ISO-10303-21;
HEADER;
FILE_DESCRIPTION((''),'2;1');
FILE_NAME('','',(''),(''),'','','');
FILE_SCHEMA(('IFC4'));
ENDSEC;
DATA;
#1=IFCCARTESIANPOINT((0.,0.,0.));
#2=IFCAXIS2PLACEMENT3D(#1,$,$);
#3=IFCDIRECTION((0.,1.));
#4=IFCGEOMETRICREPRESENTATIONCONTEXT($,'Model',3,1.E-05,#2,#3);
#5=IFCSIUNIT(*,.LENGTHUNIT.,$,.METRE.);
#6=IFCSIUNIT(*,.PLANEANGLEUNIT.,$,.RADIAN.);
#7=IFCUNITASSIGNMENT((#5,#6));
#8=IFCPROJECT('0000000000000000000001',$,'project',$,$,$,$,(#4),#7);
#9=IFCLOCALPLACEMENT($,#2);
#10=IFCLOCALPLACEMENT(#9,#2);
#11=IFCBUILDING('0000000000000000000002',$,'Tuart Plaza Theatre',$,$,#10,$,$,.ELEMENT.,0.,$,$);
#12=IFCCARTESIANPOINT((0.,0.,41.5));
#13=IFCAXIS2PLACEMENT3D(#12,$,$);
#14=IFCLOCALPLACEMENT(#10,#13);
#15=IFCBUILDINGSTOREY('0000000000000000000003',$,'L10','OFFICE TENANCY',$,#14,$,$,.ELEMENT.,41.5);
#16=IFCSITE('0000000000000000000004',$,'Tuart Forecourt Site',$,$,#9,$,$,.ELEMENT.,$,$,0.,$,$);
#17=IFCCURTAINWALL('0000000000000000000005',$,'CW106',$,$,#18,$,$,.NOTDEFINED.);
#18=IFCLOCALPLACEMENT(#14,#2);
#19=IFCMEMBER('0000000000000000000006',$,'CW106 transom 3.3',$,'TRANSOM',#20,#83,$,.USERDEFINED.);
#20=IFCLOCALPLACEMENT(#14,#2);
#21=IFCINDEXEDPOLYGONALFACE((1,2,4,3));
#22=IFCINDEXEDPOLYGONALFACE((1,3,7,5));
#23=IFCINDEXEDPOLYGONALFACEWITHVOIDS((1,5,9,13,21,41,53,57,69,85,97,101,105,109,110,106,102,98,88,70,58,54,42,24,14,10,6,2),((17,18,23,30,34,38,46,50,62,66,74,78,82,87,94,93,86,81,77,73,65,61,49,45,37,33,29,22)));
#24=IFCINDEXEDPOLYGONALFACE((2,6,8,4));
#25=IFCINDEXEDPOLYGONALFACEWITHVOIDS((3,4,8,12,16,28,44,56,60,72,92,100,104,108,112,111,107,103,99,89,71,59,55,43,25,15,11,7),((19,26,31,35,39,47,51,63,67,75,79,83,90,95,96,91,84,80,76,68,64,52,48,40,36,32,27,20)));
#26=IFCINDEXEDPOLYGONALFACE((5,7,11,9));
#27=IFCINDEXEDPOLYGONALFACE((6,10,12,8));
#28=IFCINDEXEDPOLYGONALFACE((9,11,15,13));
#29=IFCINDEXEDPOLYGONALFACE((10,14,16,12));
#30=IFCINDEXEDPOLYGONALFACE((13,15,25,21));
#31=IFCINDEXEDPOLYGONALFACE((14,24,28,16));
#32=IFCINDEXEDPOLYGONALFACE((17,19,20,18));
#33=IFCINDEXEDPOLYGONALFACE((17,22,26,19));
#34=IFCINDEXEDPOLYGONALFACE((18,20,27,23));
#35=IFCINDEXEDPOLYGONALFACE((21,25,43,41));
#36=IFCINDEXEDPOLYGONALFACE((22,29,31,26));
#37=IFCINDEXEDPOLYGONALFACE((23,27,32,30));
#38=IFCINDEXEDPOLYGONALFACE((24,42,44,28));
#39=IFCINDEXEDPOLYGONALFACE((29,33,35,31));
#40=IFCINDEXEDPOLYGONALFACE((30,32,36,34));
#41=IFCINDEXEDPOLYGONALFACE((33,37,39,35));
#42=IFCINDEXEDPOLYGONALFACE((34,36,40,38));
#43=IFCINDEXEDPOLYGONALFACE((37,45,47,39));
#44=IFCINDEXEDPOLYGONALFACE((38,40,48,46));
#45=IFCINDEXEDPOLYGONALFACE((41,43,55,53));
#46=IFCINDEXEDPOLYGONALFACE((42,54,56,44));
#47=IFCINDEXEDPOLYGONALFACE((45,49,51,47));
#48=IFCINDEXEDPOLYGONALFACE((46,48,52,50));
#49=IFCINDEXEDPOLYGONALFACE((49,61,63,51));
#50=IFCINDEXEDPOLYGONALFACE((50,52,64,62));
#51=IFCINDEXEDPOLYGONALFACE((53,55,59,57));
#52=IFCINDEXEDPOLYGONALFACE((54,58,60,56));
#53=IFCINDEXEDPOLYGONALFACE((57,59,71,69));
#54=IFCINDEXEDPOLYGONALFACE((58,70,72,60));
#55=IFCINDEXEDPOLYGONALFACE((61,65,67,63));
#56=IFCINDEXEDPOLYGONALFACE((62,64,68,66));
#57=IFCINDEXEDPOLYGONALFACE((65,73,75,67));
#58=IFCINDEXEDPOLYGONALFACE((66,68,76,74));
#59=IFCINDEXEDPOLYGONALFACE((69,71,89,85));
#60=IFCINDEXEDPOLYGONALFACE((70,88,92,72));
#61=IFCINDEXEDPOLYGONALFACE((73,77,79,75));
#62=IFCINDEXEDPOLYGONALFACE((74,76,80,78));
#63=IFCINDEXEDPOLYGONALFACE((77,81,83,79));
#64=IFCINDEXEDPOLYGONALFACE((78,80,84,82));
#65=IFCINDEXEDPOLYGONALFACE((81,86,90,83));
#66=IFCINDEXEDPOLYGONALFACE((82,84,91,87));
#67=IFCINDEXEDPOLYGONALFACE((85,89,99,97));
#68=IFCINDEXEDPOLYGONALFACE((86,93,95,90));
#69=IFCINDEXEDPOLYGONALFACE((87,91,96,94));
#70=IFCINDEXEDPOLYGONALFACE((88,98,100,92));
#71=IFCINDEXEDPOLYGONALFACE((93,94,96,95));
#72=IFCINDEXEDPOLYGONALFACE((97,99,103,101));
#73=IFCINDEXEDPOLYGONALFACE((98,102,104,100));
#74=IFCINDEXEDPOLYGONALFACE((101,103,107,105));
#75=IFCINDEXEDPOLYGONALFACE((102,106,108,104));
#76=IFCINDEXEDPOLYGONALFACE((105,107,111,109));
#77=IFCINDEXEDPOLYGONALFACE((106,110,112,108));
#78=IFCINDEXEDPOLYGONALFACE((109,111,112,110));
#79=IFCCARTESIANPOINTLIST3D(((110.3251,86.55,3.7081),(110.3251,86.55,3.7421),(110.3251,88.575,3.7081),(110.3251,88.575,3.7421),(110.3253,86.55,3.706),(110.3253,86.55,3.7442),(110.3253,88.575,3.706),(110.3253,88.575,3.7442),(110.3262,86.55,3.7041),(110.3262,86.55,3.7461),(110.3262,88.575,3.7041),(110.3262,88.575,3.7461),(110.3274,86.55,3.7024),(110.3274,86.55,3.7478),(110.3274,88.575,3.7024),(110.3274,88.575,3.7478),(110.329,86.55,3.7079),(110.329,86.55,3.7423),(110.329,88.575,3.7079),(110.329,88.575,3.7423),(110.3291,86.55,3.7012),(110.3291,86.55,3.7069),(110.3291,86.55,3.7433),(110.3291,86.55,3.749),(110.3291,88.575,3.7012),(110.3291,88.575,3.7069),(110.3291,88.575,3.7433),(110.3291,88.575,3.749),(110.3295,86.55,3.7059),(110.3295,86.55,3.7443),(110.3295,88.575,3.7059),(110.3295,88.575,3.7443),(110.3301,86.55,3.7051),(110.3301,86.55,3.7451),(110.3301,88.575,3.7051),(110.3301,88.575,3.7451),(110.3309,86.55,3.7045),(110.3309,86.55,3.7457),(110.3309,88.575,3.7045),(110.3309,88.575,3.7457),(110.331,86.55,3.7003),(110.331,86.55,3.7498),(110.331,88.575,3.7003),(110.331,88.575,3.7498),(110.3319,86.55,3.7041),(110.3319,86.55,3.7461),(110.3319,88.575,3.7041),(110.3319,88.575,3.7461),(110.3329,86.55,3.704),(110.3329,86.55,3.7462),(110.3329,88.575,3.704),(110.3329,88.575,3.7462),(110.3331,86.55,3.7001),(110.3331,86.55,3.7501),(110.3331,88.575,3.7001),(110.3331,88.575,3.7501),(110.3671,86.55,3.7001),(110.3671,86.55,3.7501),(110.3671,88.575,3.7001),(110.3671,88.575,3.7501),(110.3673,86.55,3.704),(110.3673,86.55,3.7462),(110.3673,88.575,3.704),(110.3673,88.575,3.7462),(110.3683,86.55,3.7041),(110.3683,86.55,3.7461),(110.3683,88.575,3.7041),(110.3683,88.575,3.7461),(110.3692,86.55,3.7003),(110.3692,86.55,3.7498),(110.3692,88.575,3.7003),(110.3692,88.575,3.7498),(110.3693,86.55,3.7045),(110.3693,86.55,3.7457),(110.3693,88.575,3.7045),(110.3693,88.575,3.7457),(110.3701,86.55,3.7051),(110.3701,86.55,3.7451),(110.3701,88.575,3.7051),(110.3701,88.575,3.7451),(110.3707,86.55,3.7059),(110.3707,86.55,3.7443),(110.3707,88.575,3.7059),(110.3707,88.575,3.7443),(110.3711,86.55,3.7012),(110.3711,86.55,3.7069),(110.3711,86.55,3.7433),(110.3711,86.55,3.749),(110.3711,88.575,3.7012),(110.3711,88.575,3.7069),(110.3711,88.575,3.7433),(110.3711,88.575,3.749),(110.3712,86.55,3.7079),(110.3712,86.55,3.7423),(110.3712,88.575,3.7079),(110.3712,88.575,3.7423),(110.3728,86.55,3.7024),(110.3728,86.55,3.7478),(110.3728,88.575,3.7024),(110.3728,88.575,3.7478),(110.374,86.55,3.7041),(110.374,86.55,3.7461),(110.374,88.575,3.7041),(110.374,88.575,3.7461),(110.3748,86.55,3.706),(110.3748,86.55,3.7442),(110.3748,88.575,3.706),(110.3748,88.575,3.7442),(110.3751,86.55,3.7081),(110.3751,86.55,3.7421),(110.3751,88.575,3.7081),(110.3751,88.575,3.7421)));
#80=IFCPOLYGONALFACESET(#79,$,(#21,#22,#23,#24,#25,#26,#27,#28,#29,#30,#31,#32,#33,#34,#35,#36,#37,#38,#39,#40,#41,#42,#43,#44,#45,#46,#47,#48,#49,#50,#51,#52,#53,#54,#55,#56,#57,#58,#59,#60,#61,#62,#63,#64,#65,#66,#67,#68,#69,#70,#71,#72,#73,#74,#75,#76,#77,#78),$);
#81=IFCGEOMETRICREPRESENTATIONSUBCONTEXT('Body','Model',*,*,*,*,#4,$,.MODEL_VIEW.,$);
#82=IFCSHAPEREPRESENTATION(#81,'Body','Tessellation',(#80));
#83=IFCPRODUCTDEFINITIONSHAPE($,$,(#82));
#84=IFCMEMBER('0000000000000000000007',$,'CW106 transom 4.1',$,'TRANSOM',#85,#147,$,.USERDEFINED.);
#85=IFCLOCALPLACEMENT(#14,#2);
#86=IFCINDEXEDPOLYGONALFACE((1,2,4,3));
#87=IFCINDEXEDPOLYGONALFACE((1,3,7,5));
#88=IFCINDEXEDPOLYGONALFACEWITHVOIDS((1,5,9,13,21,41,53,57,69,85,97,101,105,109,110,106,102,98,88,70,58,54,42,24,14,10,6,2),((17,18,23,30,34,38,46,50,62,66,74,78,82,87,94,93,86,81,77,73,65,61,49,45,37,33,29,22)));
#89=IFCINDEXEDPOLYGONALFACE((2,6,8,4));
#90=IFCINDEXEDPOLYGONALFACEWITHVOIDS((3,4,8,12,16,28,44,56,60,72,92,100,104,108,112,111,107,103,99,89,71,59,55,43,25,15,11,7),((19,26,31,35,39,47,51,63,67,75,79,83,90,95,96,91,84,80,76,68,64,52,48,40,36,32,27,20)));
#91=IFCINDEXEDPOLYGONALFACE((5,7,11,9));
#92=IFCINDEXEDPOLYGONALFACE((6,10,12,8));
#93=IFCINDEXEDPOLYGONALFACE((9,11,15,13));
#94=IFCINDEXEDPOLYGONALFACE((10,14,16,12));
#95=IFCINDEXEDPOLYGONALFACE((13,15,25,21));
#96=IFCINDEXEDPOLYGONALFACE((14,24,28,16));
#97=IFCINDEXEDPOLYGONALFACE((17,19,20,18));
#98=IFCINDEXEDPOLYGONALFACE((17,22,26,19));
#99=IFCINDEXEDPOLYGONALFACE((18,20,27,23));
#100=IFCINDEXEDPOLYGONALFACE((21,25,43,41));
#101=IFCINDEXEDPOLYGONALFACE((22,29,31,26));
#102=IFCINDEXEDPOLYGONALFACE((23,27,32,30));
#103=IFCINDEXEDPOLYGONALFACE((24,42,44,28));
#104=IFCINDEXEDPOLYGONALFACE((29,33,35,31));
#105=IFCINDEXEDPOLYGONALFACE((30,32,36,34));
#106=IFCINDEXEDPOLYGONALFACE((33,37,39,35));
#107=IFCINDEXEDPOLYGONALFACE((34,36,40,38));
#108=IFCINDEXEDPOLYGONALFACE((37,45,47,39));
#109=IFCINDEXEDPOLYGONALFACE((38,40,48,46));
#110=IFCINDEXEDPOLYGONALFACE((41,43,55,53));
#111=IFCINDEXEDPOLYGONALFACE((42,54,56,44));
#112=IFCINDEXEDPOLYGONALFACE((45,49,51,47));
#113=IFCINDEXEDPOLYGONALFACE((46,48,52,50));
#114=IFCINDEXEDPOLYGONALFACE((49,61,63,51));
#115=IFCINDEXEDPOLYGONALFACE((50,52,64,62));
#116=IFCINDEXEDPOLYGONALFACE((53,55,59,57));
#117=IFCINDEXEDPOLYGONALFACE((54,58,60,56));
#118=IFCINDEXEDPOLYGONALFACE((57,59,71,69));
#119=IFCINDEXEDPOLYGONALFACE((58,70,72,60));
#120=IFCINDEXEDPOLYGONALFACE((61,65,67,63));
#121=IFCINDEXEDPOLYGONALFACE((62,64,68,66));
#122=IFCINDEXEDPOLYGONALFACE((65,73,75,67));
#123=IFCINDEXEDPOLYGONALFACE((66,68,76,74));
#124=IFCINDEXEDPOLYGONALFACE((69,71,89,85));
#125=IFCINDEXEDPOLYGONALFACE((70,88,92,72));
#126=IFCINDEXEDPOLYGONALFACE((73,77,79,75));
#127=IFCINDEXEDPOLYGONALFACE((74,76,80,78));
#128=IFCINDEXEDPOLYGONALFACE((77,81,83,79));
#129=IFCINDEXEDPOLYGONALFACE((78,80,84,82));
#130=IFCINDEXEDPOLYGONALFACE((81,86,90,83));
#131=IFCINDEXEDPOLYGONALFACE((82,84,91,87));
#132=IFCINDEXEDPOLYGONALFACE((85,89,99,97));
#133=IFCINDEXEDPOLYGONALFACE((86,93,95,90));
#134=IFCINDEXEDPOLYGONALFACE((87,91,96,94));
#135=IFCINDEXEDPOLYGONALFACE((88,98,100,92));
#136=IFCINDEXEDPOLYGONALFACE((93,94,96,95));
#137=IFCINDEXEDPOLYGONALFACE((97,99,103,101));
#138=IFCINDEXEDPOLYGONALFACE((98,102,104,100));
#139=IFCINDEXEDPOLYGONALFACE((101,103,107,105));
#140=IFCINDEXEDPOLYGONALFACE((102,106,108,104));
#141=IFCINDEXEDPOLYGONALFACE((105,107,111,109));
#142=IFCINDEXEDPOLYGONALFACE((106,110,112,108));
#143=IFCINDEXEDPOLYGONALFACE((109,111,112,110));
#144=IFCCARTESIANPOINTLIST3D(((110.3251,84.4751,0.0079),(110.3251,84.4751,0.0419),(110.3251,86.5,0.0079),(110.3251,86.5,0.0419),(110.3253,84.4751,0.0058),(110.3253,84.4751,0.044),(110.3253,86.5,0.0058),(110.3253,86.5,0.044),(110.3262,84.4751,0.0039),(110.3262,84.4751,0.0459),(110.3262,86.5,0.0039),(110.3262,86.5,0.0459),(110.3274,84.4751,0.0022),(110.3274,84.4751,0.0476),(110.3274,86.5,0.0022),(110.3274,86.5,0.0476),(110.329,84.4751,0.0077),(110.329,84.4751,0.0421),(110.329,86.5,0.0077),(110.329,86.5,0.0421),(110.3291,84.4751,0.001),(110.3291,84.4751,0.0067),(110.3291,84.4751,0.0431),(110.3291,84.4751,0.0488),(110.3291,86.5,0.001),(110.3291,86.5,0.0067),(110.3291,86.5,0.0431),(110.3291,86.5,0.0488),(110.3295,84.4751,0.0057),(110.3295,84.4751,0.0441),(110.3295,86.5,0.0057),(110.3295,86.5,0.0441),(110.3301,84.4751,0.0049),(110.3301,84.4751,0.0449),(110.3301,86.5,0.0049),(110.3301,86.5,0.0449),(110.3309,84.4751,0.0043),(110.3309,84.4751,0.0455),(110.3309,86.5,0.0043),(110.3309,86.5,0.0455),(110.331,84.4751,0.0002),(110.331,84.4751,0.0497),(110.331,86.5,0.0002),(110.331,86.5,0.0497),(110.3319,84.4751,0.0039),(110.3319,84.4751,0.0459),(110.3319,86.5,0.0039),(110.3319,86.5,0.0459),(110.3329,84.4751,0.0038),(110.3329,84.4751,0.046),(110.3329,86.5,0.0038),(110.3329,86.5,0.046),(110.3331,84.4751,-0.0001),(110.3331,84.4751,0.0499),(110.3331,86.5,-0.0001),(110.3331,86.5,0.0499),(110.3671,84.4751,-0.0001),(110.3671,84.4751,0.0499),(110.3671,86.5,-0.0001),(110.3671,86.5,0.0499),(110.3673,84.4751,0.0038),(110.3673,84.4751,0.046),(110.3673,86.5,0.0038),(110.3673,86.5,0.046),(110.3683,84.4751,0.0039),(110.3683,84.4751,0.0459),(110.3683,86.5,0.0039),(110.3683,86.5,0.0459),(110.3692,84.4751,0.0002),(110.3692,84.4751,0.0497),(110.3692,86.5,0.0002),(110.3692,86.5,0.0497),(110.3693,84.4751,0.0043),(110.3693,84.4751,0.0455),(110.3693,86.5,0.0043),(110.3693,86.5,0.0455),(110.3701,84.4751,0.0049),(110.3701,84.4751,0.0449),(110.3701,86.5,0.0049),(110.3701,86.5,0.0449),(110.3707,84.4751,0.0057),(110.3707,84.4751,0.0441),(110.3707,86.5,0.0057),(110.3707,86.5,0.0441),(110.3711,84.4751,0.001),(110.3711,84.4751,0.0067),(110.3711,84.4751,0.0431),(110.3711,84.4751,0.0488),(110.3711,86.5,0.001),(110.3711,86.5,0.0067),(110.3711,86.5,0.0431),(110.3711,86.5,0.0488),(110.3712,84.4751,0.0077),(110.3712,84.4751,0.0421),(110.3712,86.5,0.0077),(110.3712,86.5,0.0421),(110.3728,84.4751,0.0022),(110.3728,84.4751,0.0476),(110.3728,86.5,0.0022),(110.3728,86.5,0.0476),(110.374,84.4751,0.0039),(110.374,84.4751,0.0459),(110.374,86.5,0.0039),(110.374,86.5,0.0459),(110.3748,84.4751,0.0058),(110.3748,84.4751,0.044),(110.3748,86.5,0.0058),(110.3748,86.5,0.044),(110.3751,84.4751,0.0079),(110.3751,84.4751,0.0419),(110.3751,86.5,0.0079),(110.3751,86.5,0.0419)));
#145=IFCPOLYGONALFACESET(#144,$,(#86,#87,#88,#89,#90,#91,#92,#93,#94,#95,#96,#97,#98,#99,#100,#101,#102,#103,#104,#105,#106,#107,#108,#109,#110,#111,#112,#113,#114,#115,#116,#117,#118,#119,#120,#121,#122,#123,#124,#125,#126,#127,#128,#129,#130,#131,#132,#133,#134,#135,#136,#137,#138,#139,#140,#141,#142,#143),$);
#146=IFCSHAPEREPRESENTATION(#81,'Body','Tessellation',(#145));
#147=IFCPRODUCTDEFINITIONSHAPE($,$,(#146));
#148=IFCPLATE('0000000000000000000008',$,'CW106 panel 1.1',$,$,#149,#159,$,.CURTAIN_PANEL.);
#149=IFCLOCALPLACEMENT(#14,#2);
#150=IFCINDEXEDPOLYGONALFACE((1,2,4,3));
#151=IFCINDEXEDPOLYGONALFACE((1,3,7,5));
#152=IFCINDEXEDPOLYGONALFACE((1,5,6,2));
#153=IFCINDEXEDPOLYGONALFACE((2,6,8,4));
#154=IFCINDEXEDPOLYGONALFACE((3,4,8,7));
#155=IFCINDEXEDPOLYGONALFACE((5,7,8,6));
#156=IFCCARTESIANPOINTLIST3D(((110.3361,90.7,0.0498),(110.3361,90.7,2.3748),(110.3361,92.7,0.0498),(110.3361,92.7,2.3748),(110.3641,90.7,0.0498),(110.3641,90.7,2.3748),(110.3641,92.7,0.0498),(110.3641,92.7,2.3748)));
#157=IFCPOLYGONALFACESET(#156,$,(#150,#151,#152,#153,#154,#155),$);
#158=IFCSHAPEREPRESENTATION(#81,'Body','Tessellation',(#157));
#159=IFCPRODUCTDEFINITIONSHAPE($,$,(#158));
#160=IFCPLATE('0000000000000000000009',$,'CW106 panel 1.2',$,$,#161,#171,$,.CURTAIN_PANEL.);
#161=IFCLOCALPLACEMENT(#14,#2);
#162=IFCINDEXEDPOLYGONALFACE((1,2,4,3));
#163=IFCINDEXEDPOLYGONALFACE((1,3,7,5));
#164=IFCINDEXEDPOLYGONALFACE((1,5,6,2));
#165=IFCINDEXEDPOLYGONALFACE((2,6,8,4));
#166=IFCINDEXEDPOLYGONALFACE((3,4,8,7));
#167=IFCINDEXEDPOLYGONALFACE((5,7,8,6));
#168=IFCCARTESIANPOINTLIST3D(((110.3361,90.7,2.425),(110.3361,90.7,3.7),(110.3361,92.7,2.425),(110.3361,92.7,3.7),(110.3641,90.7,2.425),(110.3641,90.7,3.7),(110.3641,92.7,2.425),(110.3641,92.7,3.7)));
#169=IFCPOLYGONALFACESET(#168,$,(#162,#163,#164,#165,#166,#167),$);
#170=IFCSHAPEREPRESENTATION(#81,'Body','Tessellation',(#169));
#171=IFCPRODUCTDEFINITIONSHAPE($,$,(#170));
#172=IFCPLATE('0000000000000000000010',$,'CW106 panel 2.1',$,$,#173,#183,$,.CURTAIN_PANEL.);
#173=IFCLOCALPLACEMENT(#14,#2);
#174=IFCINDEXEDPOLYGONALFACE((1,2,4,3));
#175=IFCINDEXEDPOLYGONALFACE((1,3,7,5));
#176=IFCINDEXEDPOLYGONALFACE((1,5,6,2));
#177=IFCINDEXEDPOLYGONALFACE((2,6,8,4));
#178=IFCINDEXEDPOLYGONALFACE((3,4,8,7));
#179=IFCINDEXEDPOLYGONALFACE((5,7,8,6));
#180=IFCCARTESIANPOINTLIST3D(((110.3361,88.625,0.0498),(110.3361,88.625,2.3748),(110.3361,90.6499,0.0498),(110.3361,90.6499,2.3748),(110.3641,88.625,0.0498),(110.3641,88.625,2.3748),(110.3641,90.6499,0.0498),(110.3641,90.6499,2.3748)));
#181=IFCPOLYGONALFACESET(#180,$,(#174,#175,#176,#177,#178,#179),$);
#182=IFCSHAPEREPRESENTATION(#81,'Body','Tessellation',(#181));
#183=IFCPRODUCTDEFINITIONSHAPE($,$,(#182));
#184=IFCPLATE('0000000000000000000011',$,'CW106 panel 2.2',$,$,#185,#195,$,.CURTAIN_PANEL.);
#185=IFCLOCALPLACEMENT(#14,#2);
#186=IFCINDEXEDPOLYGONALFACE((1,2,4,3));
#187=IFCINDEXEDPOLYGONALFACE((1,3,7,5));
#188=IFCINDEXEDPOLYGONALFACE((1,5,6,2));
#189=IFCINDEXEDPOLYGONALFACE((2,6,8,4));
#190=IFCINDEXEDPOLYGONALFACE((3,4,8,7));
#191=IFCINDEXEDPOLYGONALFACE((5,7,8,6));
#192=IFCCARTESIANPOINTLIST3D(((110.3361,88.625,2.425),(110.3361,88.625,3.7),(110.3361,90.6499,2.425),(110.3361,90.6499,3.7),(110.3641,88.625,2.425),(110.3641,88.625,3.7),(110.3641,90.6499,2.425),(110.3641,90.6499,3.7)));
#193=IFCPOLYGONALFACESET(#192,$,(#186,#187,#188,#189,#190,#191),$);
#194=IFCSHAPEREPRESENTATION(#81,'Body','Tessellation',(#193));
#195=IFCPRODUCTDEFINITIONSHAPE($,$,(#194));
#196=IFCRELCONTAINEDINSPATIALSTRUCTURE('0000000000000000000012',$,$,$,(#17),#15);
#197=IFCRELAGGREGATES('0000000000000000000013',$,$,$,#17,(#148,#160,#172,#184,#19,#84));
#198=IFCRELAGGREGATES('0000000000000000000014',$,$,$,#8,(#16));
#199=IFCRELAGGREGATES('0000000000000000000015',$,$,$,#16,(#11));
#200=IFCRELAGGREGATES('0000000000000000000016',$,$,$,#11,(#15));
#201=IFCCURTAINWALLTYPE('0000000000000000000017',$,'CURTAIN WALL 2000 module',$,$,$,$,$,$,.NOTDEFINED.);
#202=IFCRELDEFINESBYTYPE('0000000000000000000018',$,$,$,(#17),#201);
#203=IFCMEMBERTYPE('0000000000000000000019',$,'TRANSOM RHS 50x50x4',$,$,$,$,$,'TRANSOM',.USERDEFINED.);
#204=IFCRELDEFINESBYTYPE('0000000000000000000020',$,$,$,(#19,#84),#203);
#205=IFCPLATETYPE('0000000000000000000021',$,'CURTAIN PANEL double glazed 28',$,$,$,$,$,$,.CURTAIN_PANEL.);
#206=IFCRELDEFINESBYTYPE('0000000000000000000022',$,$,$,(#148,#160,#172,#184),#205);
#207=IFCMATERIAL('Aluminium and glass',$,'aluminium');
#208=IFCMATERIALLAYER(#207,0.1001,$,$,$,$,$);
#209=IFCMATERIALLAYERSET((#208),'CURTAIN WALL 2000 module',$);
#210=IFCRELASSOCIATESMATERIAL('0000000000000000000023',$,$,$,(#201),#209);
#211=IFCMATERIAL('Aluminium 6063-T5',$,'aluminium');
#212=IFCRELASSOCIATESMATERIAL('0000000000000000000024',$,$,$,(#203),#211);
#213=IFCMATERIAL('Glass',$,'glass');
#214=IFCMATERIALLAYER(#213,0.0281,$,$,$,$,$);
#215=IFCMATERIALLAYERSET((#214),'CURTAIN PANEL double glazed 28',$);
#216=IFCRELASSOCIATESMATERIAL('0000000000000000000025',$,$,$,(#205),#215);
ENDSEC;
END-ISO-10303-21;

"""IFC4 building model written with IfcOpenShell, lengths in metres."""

from ifc_helpers import new_model, si_unit, direction, frame, origin, origin_2d, place, context, subcontext, project, spatial, rectangle, hollow_rectangle, extrude, material, layer, layer_set, material_profile, profile_set, type_object, element, aggregate, save


model = new_model("IFC4")

# Units and contexts
model_context = context("Model", 3, precision=1e-05, world=origin(), true_north=direction((0.0, 1.0)))
body_context = subcontext(model_context, "Body", "Model", "MODEL_VIEW")
ifc_project = project(units=[si_unit("LENGTHUNIT", "METRE"), si_unit("PLANEANGLEUNIT", "RADIAN")], contexts=[model_context])

# Site, building, storey
site_placement = place(None, origin())
site = spatial("IfcSite", under=ifc_project, at=site_placement, Name="Tuart Forecourt Site", CompositionType="ELEMENT", RefElevation=0.0)
building_placement = place(site_placement, origin())
building = spatial("IfcBuilding", under=site, at=building_placement, Name="Tuart Plaza Theatre", CompositionType="ELEMENT", ElevationOfRefHeight=0.0)
storey_placement = place(building_placement, frame((0.0, 0.0, 41.5)))
storey = spatial("IfcBuildingStorey", under=building, at=storey_placement, Name="L10", Description="OFFICE TENANCY", CompositionType="ELEMENT", Elevation=41.5)

# Curtain wall, members, plates
ifc_material_1 = material(Name="Aluminium and glass", Category="aluminium")
ifc_layer_1 = layer(ifc_material_1, 0.1001)
ifc_layer_set_1 = layer_set([ifc_layer_1], Name="CURTAIN WALL 2000 module")
curtain_wall_type = type_object("IfcCurtainWallType", Name="CURTAIN WALL 2000 module", PredefinedType="NOTDEFINED", material=ifc_layer_set_1)
curtain_wall_placement = place(storey_placement, origin())
curtain_wall = element("IfcCurtainWall", 1, at=curtain_wall_placement, inside=storey, type_object=curtain_wall_type, Name="CW106", PredefinedType="NOTDEFINED")
ifc_material_2 = material(Name="Aluminium 6063-T5", Category="aluminium")
ifc_material_profile_1 = material_profile(ifc_material_2, hollow_rectangle(XDim=0.05, YDim=0.05, WallThickness=0.0039, InnerFilletRadius=0.0039, OuterFilletRadius=0.0081, at=origin_2d()), Name="RHS 50x50x4")
ifc_profile_set_1 = profile_set([ifc_material_profile_1], Name="Aluminium 6063-T5")
member_type_1 = type_object("IfcMemberType", Name="TRANSOM RHS 50x50x4", ElementType="TRANSOM", PredefinedType="USERDEFINED", material=ifc_profile_set_1)
member_1_placement = place(storey_placement, frame((110.3501, 88.575, 3.7251), z_axis=(0.0, -1.0, 0.0), x_axis=(1.0, 0.0, 0.0)))
member_1 = element("IfcMember", 2, at=member_1_placement, type_object=member_type_1, Name="CW106 transom 3.3", ObjectType="TRANSOM", PredefinedType="USERDEFINED", context=body_context, shape_type="SweptSolid", body=[
    extrude(hollow_rectangle(XDim=0.05, YDim=0.05, WallThickness=0.0039, InnerFilletRadius=0.0039, OuterFilletRadius=0.0081, at=origin_2d()), origin(), (0.0, 0.0, 1.0), 2.0249),
])
member_2_placement = place(storey_placement, frame((110.3501, 86.5, 0.0249), z_axis=(0.0, -1.0, 0.0), x_axis=(1.0, 0.0, 0.0)))
member_2 = element("IfcMember", 3, at=member_2_placement, type_object=member_type_1, Name="CW106 transom 4.1", ObjectType="TRANSOM", PredefinedType="USERDEFINED", context=body_context, shape_type="SweptSolid", body=[
    extrude(hollow_rectangle(XDim=0.05, YDim=0.05, WallThickness=0.0039, InnerFilletRadius=0.0039, OuterFilletRadius=0.0081, at=origin_2d()), origin(), (0.0, 0.0, 1.0), 2.0249),
])
ifc_material_3 = material(Name="Glass", Category="glass")
ifc_layer_2 = layer(ifc_material_3, 0.0281)
ifc_layer_set_2 = layer_set([ifc_layer_2], Name="CURTAIN PANEL double glazed 28")
plate_type = type_object("IfcPlateType", Name="CURTAIN PANEL double glazed 28", PredefinedType="CURTAIN_PANEL", material=ifc_layer_set_2)
plate_1_placement = place(storey_placement, frame((110.3501, 91.7, 0.0498), z_axis=(0.0, 0.0, 1.0), x_axis=(0.0, -1.0, 0.0)))
plate_1 = element("IfcPlate", 4, at=plate_1_placement, type_object=plate_type, Name="CW106 panel 1.1", PredefinedType="CURTAIN_PANEL", context=body_context, shape_type="SweptSolid", body=[
    extrude(rectangle(XDim=2.0, YDim=0.0281, at=origin_2d()), origin(), (0.0, 0.0, 1.0), 2.325),
])
plate_2_placement = place(storey_placement, frame((110.3501, 91.7, 2.425), z_axis=(0.0, 0.0, 1.0), x_axis=(0.0, -1.0, 0.0)))
plate_2 = element("IfcPlate", 5, at=plate_2_placement, type_object=plate_type, Name="CW106 panel 1.2", PredefinedType="CURTAIN_PANEL", context=body_context, shape_type="SweptSolid", body=[
    extrude(rectangle(XDim=2.0, YDim=0.0281, at=origin_2d()), origin(), (0.0, 0.0, 1.0), 1.2749),
])
plate_3_placement = place(storey_placement, frame((110.3501, 89.6375, 0.0498), z_axis=(0.0, 0.0, 1.0), x_axis=(0.0, -1.0, 0.0)))
plate_3 = element("IfcPlate", 6, at=plate_3_placement, type_object=plate_type, Name="CW106 panel 2.1", PredefinedType="CURTAIN_PANEL", context=body_context, shape_type="SweptSolid", body=[
    extrude(rectangle(XDim=2.0249, YDim=0.0281, at=origin_2d()), origin(), (0.0, 0.0, 1.0), 2.325),
])
plate_4_placement = place(storey_placement, frame((110.3501, 89.6375, 2.425), z_axis=(0.0, 0.0, 1.0), x_axis=(0.0, -1.0, 0.0)))
plate_4 = element("IfcPlate", 7, at=plate_4_placement, type_object=plate_type, Name="CW106 panel 2.2", PredefinedType="CURTAIN_PANEL", context=body_context, shape_type="SweptSolid", body=[
    extrude(rectangle(XDim=2.0249, YDim=0.0281, at=origin_2d()), origin(), (0.0, 0.0, 1.0), 1.2749),
])
aggregate(curtain_wall, [plate_1, plate_2, plate_3, plate_4, member_1, member_2])

save(model, "model.ifc")
